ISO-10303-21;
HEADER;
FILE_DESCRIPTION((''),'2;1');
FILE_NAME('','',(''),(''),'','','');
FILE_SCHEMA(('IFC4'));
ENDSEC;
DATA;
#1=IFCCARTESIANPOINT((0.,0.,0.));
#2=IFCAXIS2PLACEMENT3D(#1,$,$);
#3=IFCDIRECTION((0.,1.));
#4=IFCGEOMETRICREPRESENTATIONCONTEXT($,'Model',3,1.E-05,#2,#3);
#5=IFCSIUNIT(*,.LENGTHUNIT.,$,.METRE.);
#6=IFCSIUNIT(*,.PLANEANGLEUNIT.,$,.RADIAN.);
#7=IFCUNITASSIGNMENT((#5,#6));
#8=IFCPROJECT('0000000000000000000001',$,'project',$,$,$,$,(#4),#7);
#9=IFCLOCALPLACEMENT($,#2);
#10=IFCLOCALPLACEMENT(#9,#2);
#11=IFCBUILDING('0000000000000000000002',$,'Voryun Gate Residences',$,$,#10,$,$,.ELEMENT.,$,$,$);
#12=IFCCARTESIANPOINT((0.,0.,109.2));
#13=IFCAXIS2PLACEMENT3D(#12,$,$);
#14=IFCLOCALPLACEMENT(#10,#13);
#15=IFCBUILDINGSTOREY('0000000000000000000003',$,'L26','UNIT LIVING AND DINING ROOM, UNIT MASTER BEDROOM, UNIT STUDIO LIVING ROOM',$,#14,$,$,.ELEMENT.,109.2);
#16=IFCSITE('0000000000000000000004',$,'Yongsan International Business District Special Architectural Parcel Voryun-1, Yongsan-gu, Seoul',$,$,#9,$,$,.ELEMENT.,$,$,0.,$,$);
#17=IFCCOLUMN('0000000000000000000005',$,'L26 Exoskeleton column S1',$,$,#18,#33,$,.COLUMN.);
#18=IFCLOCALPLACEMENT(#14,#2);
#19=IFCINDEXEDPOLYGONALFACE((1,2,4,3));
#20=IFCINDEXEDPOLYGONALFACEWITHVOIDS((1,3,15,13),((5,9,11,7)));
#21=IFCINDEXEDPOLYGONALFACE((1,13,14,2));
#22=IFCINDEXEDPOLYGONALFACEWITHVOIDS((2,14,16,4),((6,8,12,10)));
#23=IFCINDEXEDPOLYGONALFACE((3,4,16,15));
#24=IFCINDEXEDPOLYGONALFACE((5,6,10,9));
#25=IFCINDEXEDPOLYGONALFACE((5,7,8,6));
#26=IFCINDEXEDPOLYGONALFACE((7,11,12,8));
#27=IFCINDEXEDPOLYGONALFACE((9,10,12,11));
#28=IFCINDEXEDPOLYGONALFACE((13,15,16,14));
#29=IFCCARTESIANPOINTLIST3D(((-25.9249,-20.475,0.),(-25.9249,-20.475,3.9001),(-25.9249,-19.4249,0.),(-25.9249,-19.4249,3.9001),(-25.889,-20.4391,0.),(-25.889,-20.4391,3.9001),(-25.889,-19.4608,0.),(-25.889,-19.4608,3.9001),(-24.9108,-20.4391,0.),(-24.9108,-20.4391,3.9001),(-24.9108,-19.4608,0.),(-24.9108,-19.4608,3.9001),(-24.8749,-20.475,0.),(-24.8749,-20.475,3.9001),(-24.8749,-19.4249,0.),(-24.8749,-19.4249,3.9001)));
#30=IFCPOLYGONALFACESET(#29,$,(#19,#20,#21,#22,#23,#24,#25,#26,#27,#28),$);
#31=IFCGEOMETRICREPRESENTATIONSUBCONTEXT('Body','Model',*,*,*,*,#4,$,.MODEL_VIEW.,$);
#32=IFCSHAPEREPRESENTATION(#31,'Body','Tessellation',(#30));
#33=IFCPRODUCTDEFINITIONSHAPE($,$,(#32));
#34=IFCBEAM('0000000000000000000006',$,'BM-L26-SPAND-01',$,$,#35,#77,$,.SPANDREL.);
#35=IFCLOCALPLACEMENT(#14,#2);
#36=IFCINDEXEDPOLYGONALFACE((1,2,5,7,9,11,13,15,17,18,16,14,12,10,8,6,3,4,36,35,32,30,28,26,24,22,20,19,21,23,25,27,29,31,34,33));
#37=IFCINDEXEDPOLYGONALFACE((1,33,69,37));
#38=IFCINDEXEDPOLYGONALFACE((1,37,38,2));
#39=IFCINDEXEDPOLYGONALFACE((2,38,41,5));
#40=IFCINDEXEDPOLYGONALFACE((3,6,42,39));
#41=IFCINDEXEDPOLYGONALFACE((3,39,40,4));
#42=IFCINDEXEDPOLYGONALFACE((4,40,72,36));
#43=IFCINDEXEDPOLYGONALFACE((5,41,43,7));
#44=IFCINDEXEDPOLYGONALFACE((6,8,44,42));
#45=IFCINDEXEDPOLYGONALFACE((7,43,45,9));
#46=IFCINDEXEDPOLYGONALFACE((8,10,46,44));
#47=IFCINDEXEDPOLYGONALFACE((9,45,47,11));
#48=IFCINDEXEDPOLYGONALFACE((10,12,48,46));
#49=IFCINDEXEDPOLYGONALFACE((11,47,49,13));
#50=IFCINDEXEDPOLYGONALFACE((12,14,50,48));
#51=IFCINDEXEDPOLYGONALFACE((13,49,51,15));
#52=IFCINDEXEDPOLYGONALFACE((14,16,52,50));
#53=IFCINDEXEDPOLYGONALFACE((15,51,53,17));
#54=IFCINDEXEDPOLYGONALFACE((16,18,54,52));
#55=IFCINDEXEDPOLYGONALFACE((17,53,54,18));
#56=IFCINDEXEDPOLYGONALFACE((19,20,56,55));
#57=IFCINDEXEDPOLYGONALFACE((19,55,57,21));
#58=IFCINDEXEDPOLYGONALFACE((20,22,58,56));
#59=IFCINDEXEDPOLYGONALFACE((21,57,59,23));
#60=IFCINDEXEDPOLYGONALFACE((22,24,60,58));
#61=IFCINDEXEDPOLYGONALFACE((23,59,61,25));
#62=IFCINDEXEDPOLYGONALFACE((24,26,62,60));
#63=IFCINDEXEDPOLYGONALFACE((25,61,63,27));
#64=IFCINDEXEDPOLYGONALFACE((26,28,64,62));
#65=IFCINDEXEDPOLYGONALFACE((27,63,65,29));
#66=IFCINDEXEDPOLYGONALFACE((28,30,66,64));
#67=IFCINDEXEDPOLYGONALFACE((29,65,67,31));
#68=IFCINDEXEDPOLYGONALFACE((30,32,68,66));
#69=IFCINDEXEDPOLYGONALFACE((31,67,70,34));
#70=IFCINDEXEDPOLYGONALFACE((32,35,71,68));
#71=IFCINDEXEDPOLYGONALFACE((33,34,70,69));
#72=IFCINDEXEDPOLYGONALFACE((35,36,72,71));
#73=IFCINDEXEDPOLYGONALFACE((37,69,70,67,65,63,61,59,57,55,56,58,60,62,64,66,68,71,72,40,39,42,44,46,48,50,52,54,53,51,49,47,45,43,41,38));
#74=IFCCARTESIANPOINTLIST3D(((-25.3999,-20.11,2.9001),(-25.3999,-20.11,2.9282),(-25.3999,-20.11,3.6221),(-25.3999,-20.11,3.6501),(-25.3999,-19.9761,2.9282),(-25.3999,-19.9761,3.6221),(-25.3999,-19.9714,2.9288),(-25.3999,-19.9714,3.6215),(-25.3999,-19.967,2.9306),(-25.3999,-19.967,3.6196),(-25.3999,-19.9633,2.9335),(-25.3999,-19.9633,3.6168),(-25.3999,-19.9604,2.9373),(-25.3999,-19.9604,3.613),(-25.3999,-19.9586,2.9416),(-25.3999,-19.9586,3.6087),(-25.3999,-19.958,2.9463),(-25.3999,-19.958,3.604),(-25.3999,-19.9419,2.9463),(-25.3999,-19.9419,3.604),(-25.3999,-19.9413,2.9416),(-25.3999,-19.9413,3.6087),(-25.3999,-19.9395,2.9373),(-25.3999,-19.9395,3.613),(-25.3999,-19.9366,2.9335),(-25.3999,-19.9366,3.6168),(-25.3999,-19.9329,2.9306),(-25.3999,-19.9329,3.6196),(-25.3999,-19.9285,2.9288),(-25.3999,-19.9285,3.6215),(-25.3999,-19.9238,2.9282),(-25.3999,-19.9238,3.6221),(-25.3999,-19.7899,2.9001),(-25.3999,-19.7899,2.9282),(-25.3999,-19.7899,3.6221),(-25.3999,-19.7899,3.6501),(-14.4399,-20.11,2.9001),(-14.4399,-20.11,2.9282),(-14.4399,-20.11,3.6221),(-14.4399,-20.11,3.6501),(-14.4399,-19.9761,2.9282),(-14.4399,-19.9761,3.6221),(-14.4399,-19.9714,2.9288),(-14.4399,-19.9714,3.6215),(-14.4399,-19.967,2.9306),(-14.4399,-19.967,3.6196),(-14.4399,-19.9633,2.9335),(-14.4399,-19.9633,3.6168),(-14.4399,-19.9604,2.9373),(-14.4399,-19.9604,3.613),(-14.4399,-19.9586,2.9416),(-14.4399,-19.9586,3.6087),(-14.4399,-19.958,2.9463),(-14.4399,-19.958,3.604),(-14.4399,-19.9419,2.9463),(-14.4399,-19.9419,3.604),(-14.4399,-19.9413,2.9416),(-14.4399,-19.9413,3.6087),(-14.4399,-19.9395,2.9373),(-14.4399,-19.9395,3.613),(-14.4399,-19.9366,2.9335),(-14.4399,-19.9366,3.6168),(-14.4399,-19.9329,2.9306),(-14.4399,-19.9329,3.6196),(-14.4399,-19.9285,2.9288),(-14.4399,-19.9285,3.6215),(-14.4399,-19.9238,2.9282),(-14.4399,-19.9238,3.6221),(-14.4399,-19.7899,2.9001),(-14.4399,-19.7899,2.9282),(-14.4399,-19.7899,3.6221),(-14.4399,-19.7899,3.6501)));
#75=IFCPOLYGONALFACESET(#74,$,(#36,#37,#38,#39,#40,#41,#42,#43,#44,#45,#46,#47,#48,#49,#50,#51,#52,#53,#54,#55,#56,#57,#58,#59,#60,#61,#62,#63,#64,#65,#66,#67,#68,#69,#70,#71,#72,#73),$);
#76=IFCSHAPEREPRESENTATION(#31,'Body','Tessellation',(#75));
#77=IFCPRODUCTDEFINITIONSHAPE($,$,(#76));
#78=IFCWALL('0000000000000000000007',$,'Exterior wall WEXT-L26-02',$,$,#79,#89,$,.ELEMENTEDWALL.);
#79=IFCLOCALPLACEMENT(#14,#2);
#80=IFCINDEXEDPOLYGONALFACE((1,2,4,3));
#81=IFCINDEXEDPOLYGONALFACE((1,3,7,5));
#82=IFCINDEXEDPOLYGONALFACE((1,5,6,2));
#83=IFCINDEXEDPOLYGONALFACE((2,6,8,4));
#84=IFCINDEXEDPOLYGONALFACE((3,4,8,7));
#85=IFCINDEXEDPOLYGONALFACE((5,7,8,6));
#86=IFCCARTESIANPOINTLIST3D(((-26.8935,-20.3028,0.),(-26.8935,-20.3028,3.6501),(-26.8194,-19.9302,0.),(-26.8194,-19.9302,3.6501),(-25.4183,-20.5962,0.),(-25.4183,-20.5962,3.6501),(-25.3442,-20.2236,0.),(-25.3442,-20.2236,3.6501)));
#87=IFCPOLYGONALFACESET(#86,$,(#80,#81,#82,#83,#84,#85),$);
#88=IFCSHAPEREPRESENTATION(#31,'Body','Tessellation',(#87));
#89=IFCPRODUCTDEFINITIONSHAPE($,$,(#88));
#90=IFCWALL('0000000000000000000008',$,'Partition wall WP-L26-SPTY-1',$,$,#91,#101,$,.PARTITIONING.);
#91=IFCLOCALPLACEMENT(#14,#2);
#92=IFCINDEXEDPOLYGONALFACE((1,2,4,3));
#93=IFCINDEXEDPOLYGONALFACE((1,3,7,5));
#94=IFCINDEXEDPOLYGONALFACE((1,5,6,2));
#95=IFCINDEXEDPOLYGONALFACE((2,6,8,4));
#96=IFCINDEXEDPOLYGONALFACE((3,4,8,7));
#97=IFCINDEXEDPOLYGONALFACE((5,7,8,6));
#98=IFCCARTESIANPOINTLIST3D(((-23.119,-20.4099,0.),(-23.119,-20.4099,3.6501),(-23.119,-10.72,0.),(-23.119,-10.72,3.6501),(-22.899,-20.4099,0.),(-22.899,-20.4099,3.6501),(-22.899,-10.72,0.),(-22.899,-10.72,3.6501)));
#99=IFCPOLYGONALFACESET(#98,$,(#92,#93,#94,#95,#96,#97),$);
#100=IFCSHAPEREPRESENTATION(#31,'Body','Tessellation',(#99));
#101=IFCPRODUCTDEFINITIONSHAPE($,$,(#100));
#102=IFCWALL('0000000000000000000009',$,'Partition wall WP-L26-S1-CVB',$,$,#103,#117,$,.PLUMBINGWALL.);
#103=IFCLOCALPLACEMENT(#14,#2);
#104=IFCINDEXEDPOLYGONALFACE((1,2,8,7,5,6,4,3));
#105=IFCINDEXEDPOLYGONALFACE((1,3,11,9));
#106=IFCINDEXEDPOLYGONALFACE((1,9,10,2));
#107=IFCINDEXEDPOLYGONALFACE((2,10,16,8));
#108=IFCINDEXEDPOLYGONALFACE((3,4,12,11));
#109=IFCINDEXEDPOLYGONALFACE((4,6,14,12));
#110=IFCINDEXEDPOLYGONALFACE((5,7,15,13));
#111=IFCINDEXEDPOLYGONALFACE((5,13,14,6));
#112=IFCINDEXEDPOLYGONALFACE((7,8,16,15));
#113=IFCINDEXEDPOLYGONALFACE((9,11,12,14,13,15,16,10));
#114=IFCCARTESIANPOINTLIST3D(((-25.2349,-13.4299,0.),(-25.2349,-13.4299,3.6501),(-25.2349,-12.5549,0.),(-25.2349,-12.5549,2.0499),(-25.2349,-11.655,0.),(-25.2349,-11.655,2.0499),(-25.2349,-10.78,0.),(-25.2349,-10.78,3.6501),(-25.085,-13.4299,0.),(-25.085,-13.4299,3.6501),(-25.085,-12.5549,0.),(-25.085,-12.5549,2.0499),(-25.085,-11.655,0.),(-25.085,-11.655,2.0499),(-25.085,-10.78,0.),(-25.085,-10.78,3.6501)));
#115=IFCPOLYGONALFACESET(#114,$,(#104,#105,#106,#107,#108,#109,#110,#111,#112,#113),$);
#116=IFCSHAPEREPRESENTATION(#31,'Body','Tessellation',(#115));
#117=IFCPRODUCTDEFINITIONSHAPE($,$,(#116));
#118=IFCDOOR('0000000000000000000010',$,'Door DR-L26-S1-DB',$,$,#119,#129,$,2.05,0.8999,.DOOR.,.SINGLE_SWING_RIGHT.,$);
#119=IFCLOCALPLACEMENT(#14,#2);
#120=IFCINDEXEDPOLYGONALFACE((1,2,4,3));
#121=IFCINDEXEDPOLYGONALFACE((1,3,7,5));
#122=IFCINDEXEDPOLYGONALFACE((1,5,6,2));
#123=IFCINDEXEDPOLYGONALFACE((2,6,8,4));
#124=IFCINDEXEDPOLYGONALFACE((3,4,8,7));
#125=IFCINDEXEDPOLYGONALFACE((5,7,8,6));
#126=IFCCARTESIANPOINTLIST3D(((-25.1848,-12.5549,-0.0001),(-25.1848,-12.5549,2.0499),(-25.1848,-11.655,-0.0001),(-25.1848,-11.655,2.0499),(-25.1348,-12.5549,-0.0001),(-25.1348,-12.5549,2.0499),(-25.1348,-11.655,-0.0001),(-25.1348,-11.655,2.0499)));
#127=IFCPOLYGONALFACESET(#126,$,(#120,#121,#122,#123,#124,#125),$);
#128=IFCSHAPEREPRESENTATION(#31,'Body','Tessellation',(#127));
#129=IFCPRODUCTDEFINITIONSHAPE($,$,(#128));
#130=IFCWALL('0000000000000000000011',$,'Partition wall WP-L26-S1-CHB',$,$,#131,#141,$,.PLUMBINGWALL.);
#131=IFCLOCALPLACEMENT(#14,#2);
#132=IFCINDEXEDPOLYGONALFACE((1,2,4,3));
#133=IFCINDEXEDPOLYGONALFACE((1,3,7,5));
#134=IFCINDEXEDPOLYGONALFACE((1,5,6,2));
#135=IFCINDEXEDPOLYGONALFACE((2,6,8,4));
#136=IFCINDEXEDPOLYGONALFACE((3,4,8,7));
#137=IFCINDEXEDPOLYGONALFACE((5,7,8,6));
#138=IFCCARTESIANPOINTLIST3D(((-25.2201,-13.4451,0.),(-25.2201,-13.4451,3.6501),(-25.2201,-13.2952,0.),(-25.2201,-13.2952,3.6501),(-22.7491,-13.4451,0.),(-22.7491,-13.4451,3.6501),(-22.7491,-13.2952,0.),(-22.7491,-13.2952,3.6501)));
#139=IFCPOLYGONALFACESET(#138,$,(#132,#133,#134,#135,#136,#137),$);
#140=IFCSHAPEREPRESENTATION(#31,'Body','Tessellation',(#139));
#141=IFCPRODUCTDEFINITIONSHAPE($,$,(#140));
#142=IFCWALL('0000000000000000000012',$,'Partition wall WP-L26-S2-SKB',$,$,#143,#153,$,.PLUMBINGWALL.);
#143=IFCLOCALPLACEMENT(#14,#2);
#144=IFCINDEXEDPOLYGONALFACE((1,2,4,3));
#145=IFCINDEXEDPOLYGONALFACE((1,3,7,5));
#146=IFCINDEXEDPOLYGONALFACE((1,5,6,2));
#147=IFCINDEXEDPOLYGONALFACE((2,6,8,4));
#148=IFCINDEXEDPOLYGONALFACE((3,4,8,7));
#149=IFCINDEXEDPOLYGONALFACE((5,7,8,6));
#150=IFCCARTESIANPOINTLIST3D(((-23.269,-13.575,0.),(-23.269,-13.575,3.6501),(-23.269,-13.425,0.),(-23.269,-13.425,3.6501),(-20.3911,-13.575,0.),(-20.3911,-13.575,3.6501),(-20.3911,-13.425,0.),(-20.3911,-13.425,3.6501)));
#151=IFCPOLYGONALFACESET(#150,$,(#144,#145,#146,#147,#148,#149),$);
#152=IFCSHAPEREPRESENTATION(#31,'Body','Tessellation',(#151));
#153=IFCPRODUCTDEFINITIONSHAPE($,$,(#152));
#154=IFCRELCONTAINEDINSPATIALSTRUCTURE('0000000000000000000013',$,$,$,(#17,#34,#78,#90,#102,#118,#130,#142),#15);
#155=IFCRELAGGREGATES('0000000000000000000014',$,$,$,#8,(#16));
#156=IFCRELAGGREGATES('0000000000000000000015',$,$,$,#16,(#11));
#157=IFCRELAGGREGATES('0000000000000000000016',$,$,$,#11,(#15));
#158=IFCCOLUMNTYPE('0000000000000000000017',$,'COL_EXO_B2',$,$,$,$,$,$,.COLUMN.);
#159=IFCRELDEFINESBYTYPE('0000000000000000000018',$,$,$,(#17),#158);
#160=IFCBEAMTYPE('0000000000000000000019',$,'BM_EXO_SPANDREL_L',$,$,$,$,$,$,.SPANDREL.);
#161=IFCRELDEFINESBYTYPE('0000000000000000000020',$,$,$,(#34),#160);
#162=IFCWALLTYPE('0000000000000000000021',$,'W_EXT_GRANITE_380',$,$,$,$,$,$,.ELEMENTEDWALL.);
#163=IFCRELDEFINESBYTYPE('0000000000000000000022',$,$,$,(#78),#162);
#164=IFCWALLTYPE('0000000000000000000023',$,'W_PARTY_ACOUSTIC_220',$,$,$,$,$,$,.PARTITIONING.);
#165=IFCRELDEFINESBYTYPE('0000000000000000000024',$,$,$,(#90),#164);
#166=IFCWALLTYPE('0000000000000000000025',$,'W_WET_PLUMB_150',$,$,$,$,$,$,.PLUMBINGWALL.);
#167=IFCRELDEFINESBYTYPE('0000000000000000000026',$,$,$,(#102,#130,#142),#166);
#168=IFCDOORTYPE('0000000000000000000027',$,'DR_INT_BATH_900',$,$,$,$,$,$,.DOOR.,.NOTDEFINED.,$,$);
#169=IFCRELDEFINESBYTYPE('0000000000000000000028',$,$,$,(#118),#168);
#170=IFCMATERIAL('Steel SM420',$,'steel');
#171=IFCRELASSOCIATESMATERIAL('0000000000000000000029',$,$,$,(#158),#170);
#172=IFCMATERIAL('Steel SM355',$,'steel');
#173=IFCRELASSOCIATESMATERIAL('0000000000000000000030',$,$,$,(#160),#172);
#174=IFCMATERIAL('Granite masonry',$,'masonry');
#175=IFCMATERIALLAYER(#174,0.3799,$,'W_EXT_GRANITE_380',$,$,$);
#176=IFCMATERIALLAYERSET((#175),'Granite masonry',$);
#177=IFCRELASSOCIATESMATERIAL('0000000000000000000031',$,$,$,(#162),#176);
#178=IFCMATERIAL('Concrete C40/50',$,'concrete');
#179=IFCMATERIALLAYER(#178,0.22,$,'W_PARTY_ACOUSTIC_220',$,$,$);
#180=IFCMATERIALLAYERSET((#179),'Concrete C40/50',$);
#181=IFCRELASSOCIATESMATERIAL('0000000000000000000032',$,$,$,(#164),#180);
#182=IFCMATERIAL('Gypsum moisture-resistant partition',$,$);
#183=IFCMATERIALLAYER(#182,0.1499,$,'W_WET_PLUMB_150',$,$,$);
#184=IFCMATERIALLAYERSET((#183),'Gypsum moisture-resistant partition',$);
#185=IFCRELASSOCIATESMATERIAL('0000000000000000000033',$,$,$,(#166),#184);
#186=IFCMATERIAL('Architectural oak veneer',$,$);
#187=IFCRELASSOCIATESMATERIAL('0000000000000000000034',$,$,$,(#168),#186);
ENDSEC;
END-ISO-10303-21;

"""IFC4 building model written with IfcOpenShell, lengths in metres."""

from ifc_helpers import new_model, si_unit, direction, frame, frame_2d, origin, origin_2d, place, context, subcontext, project, spatial, rectangle, hollow_rectangle, i_section, extrude, material, layer, layer_set, material_profile, profile_set, type_object, element, fill, save


model = new_model("IFC4")

# Units and contexts
model_context = context("Model", 3, precision=1e-05, world=origin(), true_north=direction((0.0, 1.0)))
body_context = subcontext(model_context, "Body", "Model", "MODEL_VIEW")
ifc_project = project(units=[si_unit("LENGTHUNIT", "METRE"), si_unit("PLANEANGLEUNIT", "RADIAN")], contexts=[model_context])

# Site, building, storey
site_placement = place(None, origin())
site = spatial("IfcSite", under=ifc_project, at=site_placement, Name="Yongsan International Business District Special Architectural Parcel Voryun-1, Yongsan-gu, Seoul", CompositionType="ELEMENT", RefElevation=0.0)
building_placement = place(site_placement, origin())
building = spatial("IfcBuilding", under=site, at=building_placement, Name="Voryun Gate Residences", CompositionType="ELEMENT")
storey_placement = place(building_placement, frame((0.0, 0.0, 109.2)))
storey = spatial("IfcBuildingStorey", under=building, at=storey_placement, Name="L26", Description="UNIT LIVING AND DINING ROOM, UNIT MASTER BEDROOM, UNIT STUDIO LIVING ROOM", CompositionType="ELEMENT", Elevation=109.2)

# Column
ifc_material_1 = material(Name="Steel SM420", Category="steel")
ifc_material_profile_1 = material_profile(ifc_material_1, hollow_rectangle(XDim=1.05, YDim=1.05, WallThickness=0.0359, at=origin_2d()), Name="BOX-1050x1050x36")
ifc_profile_set_1 = profile_set([ifc_material_profile_1], Name="Steel SM420")
column_type = type_object("IfcColumnType", Name="COL_EXO_B2", PredefinedType="COLUMN", material=ifc_profile_set_1)
column_placement = place(storey_placement, frame((-25.3999, -19.95, 0.0), z_axis=(0.0, 0.0, 1.0), x_axis=(1.0, 0.0, 0.0)))
element("IfcColumn", 1, at=column_placement, inside=storey, type_object=column_type, Name="L26 Exoskeleton column S1", PredefinedType="COLUMN", context=body_context, shape_type="SweptSolid", body=[
    extrude(hollow_rectangle(XDim=1.05, YDim=1.05, WallThickness=0.0359, at=origin_2d()), origin(), (0.0, 0.0, 1.0), 3.9001),
])

# Beam
ifc_material_2 = material(Name="Steel SM355", Category="steel")
ifc_material_profile_2 = material_profile(ifc_material_2, i_section(OverallWidth=0.3201, OverallDepth=0.75, WebThickness=0.0161, FlangeThickness=0.0281, FilletRadius=0.0181, at=origin_2d()), Name="H-750x320x16x28")
ifc_profile_set_2 = profile_set([ifc_material_profile_2], Name="Steel SM355")
beam_type = type_object("IfcBeamType", Name="BM_EXO_SPANDREL_L", PredefinedType="SPANDREL", material=ifc_profile_set_2)
beam_placement = place(storey_placement, frame((-25.3999, -19.95, 3.2751), z_axis=(1.0, 0.0, 0.0), x_axis=(0.0, 1.0, 0.0)))
element("IfcBeam", 2, at=beam_placement, inside=storey, type_object=beam_type, Name="BM-L26-SPAND-01", PredefinedType="SPANDREL", context=body_context, shape_type="SweptSolid", body=[
    extrude(i_section(OverallWidth=0.3201, OverallDepth=0.75, WebThickness=0.0161, FlangeThickness=0.0281, FilletRadius=0.0181, at=origin_2d()), origin(), (0.0, 0.0, 1.0), 10.96),
])

# Walls
ifc_material_3 = material(Name="Granite masonry", Category="masonry")
ifc_layer_1 = layer(ifc_material_3, 0.3799, Name="W_EXT_GRANITE_380")
ifc_layer_set_1 = layer_set([ifc_layer_1], Name="Granite masonry")
wall_type_1 = type_object("IfcWallType", Name="W_EXT_GRANITE_380", PredefinedType="ELEMENTEDWALL", material=ifc_layer_set_1)
wall_1_placement = place(storey_placement, frame((-25.3813, -20.4099, 0.0), z_axis=(0.0, 0.0, 1.0), x_axis=(-0.980786, 0.195086, 0.0)))
element("IfcWall", 3, at=wall_1_placement, inside=storey, type_object=wall_type_1, Name="Exterior wall WEXT-L26-02", PredefinedType="ELEMENTEDWALL", context=body_context, shape_type="SweptSolid", body=[
    extrude(rectangle(XDim=1.5042, YDim=0.3799, at=frame_2d((0.752, 0.0))), origin(), (0.0, 0.0, 1.0), 3.6501),
])
ifc_material_4 = material(Name="Concrete C40/50", Category="concrete")
ifc_layer_2 = layer(ifc_material_4, 0.22, Name="W_PARTY_ACOUSTIC_220")
ifc_layer_set_2 = layer_set([ifc_layer_2], Name="Concrete C40/50")
wall_type_2 = type_object("IfcWallType", Name="W_PARTY_ACOUSTIC_220", PredefinedType="PARTITIONING", material=ifc_layer_set_2)
wall_2_placement = place(storey_placement, frame((-23.009, -20.4099, 0.0), z_axis=(0.0, 0.0, 1.0), x_axis=(0.0, 1.0, 0.0)))
element("IfcWall", 4, at=wall_2_placement, inside=storey, type_object=wall_type_2, Name="Partition wall WP-L26-SPTY-1", PredefinedType="PARTITIONING", context=body_context, shape_type="SweptSolid", body=[
    extrude(rectangle(XDim=9.6899, YDim=0.22, at=frame_2d((4.845, 0.0))), origin(), (0.0, 0.0, 1.0), 3.6501),
])

# Wall, opening, door
ifc_material_5 = material(Name="Gypsum moisture-resistant partition")
ifc_layer_3 = layer(ifc_material_5, 0.1499, Name="W_WET_PLUMB_150")
ifc_layer_set_3 = layer_set([ifc_layer_3], Name="Gypsum moisture-resistant partition")
wall_type_3 = type_object("IfcWallType", Name="W_WET_PLUMB_150", PredefinedType="PLUMBINGWALL", material=ifc_layer_set_3)
wall_3_placement = place(storey_placement, frame((-25.1599, -13.4299, 0.0), z_axis=(0.0, 0.0, 1.0), x_axis=(0.0, 1.0, 0.0)))
wall_3 = element("IfcWall", 5, at=wall_3_placement, inside=storey, type_object=wall_type_3, Name="Partition wall WP-L26-S1-CVB", PredefinedType="PLUMBINGWALL", context=body_context, shape_type="SweptSolid", body=[
    extrude(rectangle(XDim=2.6499, YDim=0.1499, at=frame_2d((1.325, 0.0))), origin(), (0.0, 0.0, 1.0), 3.6501),
])
opening_1_placement = place(wall_3_placement, frame((0.875, 0.0, 0.0)))
opening_1 = element("IfcOpeningElement", 6, at=opening_1_placement, cuts=wall_3, PredefinedType="OPENING", context=body_context, shape_type="SweptSolid", body=[
    extrude(rectangle(XDim=0.8999, YDim=2.05, at=frame_2d((0.45, 1.0249))), frame((0.0, 0.085, 0.0), z_axis=(0.0, -1.0, 0.0), x_axis=(1.0, 0.0, 0.0)), (0.0, 0.0, 1.0), 0.1699),
])
ifc_material_6 = material(Name="Architectural oak veneer")
door_type = type_object("IfcDoorType", Name="DR_INT_BATH_900", OperationType="NOTDEFINED", PredefinedType="DOOR", material=ifc_material_6)
door_1_placement = place(opening_1_placement, origin())
door_1 = element("IfcDoor", 7, at=door_1_placement, inside=storey, type_object=door_type, Name="Door DR-L26-S1-DB", OperationType="SINGLE_SWING_RIGHT", OverallHeight=2.05, OverallWidth=0.8999, PredefinedType="DOOR", context=body_context, shape_type="SweptSolid", body=[
    extrude(rectangle(XDim=0.8999, YDim=2.05, at=frame_2d((0.45, 1.0249))), frame((0.0, 0.0249, 0.0), z_axis=(0.0, -1.0, 0.0), x_axis=(1.0, 0.0, 0.0)), (0.0, 0.0, 1.0), 0.05),
])
fill(opening_1, door_1)

# Walls
wall_4_placement = place(storey_placement, frame((-25.22, -13.3701, 0.0), z_axis=(0.0, 0.0, 1.0), x_axis=(1.0, 0.0, 0.0)))
element("IfcWall", 8, at=wall_4_placement, inside=storey, type_object=wall_type_3, Name="Partition wall WP-L26-S1-CHB", PredefinedType="PLUMBINGWALL", context=body_context, shape_type="SweptSolid", body=[
    extrude(rectangle(XDim=2.4709, YDim=0.1499, at=frame_2d((1.2354, 0.0))), origin(), (0.0, 0.0, 1.0), 3.6501),
])
wall_5_placement = place(storey_placement, frame((-23.269, -13.5, 0.0), z_axis=(0.0, 0.0, 1.0), x_axis=(1.0, 0.0, 0.0)))
element("IfcWall", 9, at=wall_5_placement, inside=storey, type_object=wall_type_3, Name="Partition wall WP-L26-S2-SKB", PredefinedType="PLUMBINGWALL", context=body_context, shape_type="SweptSolid", body=[
    extrude(rectangle(XDim=2.8779, YDim=0.1499, at=frame_2d((1.439, 0.0))), origin(), (0.0, 0.0, 1.0), 3.6501),
])

save(model, "model.ifc")
